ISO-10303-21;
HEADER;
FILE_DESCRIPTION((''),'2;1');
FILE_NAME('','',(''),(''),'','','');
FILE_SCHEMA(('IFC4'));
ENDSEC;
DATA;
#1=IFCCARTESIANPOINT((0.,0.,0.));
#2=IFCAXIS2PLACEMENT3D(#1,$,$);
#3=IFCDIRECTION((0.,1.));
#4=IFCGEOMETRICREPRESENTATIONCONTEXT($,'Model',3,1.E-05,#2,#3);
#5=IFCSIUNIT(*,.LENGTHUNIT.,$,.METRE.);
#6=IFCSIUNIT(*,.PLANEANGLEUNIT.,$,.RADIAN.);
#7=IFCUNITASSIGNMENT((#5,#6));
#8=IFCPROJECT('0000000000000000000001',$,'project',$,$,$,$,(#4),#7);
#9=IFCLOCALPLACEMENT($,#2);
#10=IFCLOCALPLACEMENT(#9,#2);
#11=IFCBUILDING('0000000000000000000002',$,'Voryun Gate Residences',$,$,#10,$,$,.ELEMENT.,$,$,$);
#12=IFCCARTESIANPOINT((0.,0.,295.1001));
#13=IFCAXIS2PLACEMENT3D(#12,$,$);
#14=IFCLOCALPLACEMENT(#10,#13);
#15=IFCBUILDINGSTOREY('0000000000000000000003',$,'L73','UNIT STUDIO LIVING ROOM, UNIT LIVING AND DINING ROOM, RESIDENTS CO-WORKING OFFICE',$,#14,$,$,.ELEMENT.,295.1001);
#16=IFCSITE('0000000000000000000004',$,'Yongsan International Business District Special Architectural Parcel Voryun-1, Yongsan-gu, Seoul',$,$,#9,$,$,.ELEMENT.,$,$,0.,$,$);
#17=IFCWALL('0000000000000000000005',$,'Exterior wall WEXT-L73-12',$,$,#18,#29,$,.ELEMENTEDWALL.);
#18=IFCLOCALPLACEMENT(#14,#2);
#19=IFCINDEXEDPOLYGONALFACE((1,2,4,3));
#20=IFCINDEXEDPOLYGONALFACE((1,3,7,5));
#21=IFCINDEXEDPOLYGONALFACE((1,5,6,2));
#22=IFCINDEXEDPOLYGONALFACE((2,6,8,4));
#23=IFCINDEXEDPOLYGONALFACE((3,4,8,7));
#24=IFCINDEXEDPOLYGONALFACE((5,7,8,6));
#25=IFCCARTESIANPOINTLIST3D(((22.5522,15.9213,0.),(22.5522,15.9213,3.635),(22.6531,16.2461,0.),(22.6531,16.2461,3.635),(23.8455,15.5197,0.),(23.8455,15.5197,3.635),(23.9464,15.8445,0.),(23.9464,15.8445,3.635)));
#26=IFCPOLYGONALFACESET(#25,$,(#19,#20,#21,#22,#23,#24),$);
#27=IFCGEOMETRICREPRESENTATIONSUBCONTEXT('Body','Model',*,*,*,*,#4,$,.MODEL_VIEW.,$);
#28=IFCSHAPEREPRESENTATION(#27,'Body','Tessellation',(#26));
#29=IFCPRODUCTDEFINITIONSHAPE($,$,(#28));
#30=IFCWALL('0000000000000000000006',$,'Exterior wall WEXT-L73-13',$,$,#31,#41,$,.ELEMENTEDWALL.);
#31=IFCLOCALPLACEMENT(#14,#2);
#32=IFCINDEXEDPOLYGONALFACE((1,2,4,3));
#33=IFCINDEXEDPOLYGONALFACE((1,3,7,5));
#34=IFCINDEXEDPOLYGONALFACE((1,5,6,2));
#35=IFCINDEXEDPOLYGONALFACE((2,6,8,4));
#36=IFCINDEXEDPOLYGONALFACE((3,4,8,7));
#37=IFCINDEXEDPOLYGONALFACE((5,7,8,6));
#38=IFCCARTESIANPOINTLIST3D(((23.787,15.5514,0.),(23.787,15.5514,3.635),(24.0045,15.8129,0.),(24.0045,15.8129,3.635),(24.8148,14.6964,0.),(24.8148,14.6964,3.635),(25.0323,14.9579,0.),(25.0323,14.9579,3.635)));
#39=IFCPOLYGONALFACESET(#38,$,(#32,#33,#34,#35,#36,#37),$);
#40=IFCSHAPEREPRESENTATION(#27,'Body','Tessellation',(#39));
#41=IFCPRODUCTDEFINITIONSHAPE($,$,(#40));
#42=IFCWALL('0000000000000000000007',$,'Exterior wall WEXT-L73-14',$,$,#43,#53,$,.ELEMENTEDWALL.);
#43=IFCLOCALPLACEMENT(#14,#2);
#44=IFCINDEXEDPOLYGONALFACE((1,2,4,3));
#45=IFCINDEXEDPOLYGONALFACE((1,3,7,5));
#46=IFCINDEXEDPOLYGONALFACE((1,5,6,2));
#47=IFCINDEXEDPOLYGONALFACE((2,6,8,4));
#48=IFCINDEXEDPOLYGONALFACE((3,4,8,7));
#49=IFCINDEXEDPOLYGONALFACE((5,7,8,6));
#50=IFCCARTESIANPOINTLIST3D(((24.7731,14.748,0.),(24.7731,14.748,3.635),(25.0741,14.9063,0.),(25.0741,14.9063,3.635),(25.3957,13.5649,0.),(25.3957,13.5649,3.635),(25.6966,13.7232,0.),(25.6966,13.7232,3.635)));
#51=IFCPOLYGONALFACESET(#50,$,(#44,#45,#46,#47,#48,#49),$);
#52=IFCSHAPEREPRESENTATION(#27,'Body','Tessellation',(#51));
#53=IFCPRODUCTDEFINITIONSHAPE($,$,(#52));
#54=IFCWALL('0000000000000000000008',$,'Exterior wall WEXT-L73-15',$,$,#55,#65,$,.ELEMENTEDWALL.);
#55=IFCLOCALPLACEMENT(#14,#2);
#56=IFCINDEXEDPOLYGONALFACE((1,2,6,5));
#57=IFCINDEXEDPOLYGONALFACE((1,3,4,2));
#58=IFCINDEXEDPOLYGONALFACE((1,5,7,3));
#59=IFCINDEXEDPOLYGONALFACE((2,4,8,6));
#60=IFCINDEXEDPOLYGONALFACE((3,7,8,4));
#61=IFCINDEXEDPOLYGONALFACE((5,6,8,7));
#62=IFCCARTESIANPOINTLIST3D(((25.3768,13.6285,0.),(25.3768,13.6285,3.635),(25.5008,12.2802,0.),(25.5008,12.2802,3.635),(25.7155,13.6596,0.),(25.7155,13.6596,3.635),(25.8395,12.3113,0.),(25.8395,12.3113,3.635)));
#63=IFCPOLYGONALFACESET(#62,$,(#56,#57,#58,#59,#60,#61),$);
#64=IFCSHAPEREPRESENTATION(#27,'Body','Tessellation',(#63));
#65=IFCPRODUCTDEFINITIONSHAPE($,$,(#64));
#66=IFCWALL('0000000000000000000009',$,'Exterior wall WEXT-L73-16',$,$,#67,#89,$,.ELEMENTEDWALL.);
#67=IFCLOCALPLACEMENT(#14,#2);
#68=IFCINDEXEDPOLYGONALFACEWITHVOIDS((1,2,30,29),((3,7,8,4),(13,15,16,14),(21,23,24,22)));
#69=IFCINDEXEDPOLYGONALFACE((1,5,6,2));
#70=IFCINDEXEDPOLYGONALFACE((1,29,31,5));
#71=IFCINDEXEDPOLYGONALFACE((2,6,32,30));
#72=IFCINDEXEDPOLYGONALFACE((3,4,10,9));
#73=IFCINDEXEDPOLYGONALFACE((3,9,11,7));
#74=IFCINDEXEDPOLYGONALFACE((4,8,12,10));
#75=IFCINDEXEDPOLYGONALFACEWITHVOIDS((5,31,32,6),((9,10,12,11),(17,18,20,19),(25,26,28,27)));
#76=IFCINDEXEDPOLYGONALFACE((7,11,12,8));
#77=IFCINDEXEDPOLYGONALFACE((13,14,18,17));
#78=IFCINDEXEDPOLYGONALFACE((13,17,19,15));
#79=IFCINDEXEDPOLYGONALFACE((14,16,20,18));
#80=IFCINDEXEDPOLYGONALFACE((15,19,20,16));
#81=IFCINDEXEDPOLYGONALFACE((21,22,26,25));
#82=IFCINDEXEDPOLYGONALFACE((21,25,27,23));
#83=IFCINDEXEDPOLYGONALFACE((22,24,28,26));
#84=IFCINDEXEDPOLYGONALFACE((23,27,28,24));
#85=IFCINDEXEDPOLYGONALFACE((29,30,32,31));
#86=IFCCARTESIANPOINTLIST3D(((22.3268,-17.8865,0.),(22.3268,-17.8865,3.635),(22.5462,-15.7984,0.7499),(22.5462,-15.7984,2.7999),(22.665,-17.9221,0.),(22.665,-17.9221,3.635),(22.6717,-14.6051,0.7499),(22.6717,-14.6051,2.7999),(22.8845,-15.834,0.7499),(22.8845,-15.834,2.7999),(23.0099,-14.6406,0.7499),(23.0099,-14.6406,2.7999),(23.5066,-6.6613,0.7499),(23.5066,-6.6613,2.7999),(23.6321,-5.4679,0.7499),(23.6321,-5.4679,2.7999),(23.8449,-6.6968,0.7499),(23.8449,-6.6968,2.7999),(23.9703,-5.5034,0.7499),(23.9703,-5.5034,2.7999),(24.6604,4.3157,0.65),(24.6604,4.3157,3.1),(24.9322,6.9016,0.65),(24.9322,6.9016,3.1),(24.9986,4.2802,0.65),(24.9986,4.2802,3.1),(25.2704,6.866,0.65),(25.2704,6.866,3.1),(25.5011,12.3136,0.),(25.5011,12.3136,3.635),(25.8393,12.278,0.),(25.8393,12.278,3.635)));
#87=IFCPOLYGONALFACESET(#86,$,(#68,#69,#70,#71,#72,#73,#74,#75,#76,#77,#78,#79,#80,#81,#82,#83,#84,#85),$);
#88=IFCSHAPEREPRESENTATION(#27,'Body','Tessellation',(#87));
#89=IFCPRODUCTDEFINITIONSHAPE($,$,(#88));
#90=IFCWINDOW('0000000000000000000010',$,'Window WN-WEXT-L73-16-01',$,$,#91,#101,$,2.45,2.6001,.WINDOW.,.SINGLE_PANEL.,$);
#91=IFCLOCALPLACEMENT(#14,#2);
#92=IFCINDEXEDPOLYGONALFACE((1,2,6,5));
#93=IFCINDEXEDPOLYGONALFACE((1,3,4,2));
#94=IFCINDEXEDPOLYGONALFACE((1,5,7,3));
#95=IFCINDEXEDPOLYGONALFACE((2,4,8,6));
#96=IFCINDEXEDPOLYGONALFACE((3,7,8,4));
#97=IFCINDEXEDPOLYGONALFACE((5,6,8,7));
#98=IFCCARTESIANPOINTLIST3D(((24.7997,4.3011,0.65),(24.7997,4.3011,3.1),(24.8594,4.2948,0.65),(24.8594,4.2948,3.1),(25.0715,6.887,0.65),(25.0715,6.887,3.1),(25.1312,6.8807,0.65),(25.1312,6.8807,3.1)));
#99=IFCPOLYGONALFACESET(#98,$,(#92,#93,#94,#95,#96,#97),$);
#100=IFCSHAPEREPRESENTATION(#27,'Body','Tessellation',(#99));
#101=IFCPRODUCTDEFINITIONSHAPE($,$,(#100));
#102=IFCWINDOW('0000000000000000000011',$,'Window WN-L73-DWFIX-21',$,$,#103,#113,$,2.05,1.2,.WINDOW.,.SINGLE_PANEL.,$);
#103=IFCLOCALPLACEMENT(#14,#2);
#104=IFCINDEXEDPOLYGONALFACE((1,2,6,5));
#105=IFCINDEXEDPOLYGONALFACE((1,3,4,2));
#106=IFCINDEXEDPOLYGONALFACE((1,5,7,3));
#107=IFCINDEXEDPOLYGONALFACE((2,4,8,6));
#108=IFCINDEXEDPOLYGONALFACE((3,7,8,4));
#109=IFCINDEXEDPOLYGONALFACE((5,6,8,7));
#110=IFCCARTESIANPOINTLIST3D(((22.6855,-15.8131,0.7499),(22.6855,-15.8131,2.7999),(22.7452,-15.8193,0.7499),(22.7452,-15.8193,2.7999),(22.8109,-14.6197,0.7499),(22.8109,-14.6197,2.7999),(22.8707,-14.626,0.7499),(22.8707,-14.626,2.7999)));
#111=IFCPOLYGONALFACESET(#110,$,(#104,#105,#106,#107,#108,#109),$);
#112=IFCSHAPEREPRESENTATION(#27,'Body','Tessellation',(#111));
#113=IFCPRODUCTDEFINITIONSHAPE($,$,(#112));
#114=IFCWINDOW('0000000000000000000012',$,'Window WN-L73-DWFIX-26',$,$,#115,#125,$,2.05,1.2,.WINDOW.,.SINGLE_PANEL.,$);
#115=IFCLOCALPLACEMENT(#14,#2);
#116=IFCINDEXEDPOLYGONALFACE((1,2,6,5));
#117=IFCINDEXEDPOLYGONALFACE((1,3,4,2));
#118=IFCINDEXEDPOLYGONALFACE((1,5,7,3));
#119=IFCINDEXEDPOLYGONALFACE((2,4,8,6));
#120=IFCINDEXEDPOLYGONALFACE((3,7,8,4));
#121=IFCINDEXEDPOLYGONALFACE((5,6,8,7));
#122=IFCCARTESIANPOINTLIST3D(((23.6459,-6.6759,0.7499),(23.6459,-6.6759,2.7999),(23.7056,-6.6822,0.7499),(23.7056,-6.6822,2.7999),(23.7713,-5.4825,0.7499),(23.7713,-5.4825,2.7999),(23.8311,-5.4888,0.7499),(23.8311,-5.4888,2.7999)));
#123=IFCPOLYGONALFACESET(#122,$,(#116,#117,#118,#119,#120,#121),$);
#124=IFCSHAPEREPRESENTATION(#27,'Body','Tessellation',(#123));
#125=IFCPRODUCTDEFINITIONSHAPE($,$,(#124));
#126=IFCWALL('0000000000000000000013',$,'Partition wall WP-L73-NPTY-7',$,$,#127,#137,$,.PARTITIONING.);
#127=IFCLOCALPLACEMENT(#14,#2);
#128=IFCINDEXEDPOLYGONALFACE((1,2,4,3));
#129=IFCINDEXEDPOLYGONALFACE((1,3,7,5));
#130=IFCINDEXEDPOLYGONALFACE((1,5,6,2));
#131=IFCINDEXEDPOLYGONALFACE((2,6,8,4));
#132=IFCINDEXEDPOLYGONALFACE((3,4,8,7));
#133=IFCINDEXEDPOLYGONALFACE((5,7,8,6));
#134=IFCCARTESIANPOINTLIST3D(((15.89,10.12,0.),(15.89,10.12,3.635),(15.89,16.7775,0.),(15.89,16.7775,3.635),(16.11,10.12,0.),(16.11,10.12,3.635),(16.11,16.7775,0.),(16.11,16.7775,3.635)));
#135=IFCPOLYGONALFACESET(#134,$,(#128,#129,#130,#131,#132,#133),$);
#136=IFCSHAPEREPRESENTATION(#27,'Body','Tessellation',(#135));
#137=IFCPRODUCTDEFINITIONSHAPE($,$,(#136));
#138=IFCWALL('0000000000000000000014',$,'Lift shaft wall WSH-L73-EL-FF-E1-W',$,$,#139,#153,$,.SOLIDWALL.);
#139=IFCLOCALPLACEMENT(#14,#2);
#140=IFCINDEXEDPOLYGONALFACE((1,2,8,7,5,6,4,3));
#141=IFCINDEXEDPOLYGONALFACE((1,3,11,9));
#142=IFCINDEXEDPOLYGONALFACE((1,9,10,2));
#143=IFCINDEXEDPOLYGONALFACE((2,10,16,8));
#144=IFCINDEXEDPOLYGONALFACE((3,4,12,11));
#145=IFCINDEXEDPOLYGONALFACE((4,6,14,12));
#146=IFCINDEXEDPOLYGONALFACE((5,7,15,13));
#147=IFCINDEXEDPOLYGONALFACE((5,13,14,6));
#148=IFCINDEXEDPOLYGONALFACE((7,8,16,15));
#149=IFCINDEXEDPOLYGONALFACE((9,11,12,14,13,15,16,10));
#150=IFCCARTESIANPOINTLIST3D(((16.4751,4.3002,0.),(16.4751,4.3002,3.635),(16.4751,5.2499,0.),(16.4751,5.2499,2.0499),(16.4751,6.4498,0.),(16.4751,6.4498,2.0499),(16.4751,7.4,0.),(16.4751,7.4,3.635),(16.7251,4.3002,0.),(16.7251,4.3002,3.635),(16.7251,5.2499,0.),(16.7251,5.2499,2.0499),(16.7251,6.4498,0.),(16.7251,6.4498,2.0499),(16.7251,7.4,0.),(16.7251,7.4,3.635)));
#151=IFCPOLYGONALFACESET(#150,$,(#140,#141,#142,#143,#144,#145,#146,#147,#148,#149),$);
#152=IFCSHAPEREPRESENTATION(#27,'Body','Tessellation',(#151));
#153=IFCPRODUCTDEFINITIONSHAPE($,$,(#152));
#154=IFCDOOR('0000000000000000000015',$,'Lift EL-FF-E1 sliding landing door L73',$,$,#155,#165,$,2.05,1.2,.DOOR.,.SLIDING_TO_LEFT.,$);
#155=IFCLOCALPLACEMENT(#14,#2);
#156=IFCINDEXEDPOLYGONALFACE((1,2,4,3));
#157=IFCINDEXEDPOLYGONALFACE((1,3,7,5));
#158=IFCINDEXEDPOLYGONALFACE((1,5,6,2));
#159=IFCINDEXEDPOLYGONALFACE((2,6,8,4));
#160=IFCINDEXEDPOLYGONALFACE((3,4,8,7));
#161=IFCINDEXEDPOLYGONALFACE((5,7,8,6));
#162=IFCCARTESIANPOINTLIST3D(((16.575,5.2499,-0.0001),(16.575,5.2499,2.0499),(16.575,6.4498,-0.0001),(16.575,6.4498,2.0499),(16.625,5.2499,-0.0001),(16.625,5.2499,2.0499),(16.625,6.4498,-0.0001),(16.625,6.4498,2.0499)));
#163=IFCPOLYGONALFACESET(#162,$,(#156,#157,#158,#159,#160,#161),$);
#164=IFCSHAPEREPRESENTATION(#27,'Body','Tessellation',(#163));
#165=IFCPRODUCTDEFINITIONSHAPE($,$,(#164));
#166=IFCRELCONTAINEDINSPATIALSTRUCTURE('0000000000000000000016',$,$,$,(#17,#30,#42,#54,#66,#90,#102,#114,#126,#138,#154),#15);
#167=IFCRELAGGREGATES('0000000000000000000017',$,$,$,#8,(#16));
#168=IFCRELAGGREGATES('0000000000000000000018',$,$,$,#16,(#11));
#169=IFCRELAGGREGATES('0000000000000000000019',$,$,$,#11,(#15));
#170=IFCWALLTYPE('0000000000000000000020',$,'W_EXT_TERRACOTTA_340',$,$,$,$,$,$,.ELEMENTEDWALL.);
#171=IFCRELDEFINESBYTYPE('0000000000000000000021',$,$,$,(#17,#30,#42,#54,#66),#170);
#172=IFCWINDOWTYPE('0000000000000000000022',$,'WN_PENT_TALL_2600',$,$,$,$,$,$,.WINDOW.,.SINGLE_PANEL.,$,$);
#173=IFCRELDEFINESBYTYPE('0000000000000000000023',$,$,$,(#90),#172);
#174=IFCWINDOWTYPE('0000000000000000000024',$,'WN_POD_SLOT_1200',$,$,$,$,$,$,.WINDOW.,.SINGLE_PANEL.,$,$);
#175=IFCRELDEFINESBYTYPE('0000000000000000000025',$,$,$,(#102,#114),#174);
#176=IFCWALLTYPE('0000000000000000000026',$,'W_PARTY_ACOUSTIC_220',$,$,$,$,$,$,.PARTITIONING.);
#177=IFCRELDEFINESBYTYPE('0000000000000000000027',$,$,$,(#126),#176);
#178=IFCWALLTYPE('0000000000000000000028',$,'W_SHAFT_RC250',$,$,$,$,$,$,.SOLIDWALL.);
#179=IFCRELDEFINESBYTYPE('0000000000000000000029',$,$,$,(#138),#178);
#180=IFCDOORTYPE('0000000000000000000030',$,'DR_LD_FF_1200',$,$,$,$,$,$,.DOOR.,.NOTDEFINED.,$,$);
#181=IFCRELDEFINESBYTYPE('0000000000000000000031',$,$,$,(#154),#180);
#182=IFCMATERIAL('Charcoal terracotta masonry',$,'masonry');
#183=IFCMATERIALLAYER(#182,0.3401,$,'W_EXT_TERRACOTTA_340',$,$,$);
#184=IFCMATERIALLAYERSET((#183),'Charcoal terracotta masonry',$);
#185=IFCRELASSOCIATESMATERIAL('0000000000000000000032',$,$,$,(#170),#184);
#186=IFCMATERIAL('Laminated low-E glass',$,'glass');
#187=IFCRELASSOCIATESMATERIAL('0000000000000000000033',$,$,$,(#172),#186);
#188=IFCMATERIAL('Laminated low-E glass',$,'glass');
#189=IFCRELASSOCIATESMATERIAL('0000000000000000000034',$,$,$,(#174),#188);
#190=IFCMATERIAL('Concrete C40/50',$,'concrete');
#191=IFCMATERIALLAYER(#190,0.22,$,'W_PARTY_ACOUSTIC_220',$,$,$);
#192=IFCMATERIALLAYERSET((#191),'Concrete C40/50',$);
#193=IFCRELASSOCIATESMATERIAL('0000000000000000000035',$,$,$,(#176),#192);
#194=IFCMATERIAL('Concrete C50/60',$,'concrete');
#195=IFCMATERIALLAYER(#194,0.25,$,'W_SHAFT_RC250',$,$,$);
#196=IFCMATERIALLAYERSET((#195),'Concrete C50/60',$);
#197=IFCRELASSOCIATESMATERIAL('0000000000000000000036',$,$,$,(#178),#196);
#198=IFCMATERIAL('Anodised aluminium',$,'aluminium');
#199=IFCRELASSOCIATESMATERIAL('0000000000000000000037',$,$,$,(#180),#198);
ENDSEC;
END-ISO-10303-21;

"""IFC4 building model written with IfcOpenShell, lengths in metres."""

from ifc_helpers import new_model, si_unit, direction, frame, frame_2d, origin, place, context, subcontext, project, spatial, rectangle, extrude, material, layer, layer_set, type_object, element, fill, save


model = new_model("IFC4")

# Units and contexts
model_context = context("Model", 3, precision=1e-05, world=origin(), true_north=direction((0.0, 1.0)))
body_context = subcontext(model_context, "Body", "Model", "MODEL_VIEW")
ifc_project = project(units=[si_unit("LENGTHUNIT", "METRE"), si_unit("PLANEANGLEUNIT", "RADIAN")], contexts=[model_context])

# Site, building, storey
site_placement = place(None, origin())
site = spatial("IfcSite", under=ifc_project, at=site_placement, Name="Yongsan International Business District Special Architectural Parcel Voryun-1, Yongsan-gu, Seoul", CompositionType="ELEMENT", RefElevation=0.0)
building_placement = place(site_placement, origin())
building = spatial("IfcBuilding", under=site, at=building_placement, Name="Voryun Gate Residences", CompositionType="ELEMENT")
storey_placement = place(building_placement, frame((0.0, 0.0, 295.1001)))
storey = spatial("IfcBuildingStorey", under=building, at=storey_placement, Name="L73", Description="UNIT STUDIO LIVING ROOM, UNIT LIVING AND DINING ROOM, RESIDENTS CO-WORKING OFFICE", CompositionType="ELEMENT", Elevation=295.1001)

# Walls
ifc_material_1 = material(Name="Charcoal terracotta masonry", Category="masonry")
ifc_layer_1 = layer(ifc_material_1, 0.3401, Name="W_EXT_TERRACOTTA_340")
ifc_layer_set_1 = layer_set([ifc_layer_1], Name="Charcoal terracotta masonry")
wall_type_1 = type_object("IfcWallType", Name="W_EXT_TERRACOTTA_340", PredefinedType="ELEMENTEDWALL", material=ifc_layer_set_1)
wall_1_placement = place(storey_placement, frame((22.6025, 16.0837, 0.0), z_axis=(0.0, 0.0, 1.0), x_axis=(0.955008, -0.296581, 0.0)))
element("IfcWall", 1, at=wall_1_placement, inside=storey, type_object=wall_type_1, Name="Exterior wall WEXT-L73-12", PredefinedType="ELEMENTEDWALL", context=body_context, shape_type="SweptSolid", body=[
    extrude(rectangle(XDim=1.3542, YDim=0.3401, at=frame_2d((0.6772, 0.0))), origin(), (0.0, 0.0, 1.0), 3.635),
])
for number, where, z_axis, x_axis, name in (
    (2, (23.8958, 15.6821, 0.0), (0.0, 0.0, 1.0), (0.76879, -0.639502, 0.0), "Exterior wall WEXT-L73-13"),
    (3, (24.9236, 14.8271, 0.0), (0.0, 0.0, 1.0), (0.465671, -0.884958, 0.0), "Exterior wall WEXT-L73-14"),
):
    element("IfcWall", number, at=place(storey_placement, frame(where, z_axis=z_axis, x_axis=x_axis)), inside=storey, type_object=wall_type_1, Name=name, PredefinedType="ELEMENTEDWALL", context=body_context, shape_type="SweptSolid", body=[
        extrude(rectangle(XDim=1.3369, YDim=0.3401, at=frame_2d((0.6685, 0.0))), origin(), (0.0, 0.0, 1.0), 3.635),
    ])
wall_2_placement = place(storey_placement, frame((25.5461, 13.644, 0.0), z_axis=(0.0, 0.0, 1.0), x_axis=(0.091592, -0.995797, 0.0)))
element("IfcWall", 4, at=wall_2_placement, inside=storey, type_object=wall_type_1, Name="Exterior wall WEXT-L73-15", PredefinedType="ELEMENTEDWALL", context=body_context, shape_type="SweptSolid", body=[
    extrude(rectangle(XDim=1.354, YDim=0.3401, at=frame_2d((0.677, 0.0))), origin(), (0.0, 0.0, 1.0), 3.635),
])

# Wall, openings, windows
wall_3_placement = place(storey_placement, frame((25.6702, 12.2957, 0.0), z_axis=(0.0, 0.0, 1.0), x_axis=(-0.104533, -0.994521, 0.0)))
wall_3 = element("IfcWall", 5, at=wall_3_placement, inside=storey, type_object=wall_type_1, Name="Exterior wall WEXT-L73-16", PredefinedType="ELEMENTEDWALL", context=body_context, shape_type="SweptSolid", body=[
    extrude(rectangle(XDim=30.3665, YDim=0.3401, at=frame_2d((15.1831, 0.0))), origin(), (0.0, 0.0, 1.0), 3.635),
])
opening_1_placement = place(wall_3_placement, frame((5.4417, 0.0, 0.6499)))
opening_1 = element("IfcOpeningElement", 6, at=opening_1_placement, cuts=wall_3, PredefinedType="OPENING", context=body_context, shape_type="SweptSolid", body=[
    extrude(rectangle(XDim=2.6001, YDim=2.45, at=frame_2d((1.3, 1.2251))), frame((0.0, 0.1799, 0.0), z_axis=(0.0, -1.0, 0.0), x_axis=(1.0, 0.0, 0.0)), (0.0, 0.0, 1.0), 0.3601),
])
opening_2_placement = place(wall_3_placement, frame((27.0667, 0.0, 0.75)))
opening_2 = element("IfcOpeningElement", 7, at=opening_2_placement, cuts=wall_3, PredefinedType="OPENING", context=body_context, shape_type="SweptSolid", body=[
    extrude(rectangle(XDim=1.2, YDim=2.05, at=frame_2d((0.6001, 1.0249))), frame((0.0, 0.1799, 0.0), z_axis=(0.0, -1.0, 0.0), x_axis=(1.0, 0.0, 0.0)), (0.0, 0.0, 1.0), 0.3601),
])
opening_3_placement = place(wall_3_placement, frame((17.8792, 0.0, 0.75)))
opening_3 = element("IfcOpeningElement", 8, at=opening_3_placement, cuts=wall_3, PredefinedType="OPENING", context=body_context, shape_type="SweptSolid", body=[
    extrude(rectangle(XDim=1.2, YDim=2.05, at=frame_2d((0.6001, 1.0249))), frame((0.0, 0.1799, 0.0), z_axis=(0.0, -1.0, 0.0), x_axis=(1.0, 0.0, 0.0)), (0.0, 0.0, 1.0), 0.3601),
])
ifc_material_2 = material(Name="Laminated low-E glass", Category="glass")
window_type_1 = type_object("IfcWindowType", Name="WN_PENT_TALL_2600", PartitioningType="SINGLE_PANEL", PredefinedType="WINDOW", material=ifc_material_2)
window_1_placement = place(opening_1_placement, origin())
window_1 = element("IfcWindow", 9, at=window_1_placement, inside=storey, type_object=window_type_1, Name="Window WN-WEXT-L73-16-01", OverallHeight=2.45, OverallWidth=2.6001, PartitioningType="SINGLE_PANEL", PredefinedType="WINDOW", context=body_context, shape_type="SweptSolid", body=[
    extrude(rectangle(XDim=2.6001, YDim=2.45, at=frame_2d((1.3, 1.2251))), frame((0.0, 0.03, 0.0), z_axis=(0.0, -1.0, 0.0), x_axis=(1.0, 0.0, 0.0)), (0.0, 0.0, 1.0), 0.0601),
])
fill(opening_1, window_1)
ifc_material_3 = material(Name="Laminated low-E glass", Category="glass")
window_type_2 = type_object("IfcWindowType", Name="WN_POD_SLOT_1200", PartitioningType="SINGLE_PANEL", PredefinedType="WINDOW", material=ifc_material_3)
window_2_placement = place(opening_2_placement, origin())
window_2 = element("IfcWindow", 10, at=window_2_placement, inside=storey, type_object=window_type_2, Name="Window WN-L73-DWFIX-21", OverallHeight=2.05, OverallWidth=1.2, PartitioningType="SINGLE_PANEL", PredefinedType="WINDOW", context=body_context, shape_type="SweptSolid", body=[
    extrude(rectangle(XDim=1.2, YDim=2.05, at=frame_2d((0.6001, 1.0249))), frame((0.0, 0.03, 0.0), z_axis=(0.0, -1.0, 0.0), x_axis=(1.0, 0.0, 0.0)), (0.0, 0.0, 1.0), 0.0601),
])
fill(opening_2, window_2)
window_3_placement = place(opening_3_placement, origin())
window_3 = element("IfcWindow", 11, at=window_3_placement, inside=storey, type_object=window_type_2, Name="Window WN-L73-DWFIX-26", OverallHeight=2.05, OverallWidth=1.2, PartitioningType="SINGLE_PANEL", PredefinedType="WINDOW", context=body_context, shape_type="SweptSolid", body=[
    extrude(rectangle(XDim=1.2, YDim=2.05, at=frame_2d((0.6001, 1.0249))), frame((0.0, 0.03, 0.0), z_axis=(0.0, -1.0, 0.0), x_axis=(1.0, 0.0, 0.0)), (0.0, 0.0, 1.0), 0.0601),
])
fill(opening_3, window_3)

# Wall
ifc_material_4 = material(Name="Concrete C40/50", Category="concrete")
ifc_layer_2 = layer(ifc_material_4, 0.22, Name="W_PARTY_ACOUSTIC_220")
ifc_layer_set_2 = layer_set([ifc_layer_2], Name="Concrete C40/50")
wall_type_2 = type_object("IfcWallType", Name="W_PARTY_ACOUSTIC_220", PredefinedType="PARTITIONING", material=ifc_layer_set_2)
wall_4_placement = place(storey_placement, frame((16.0, 10.1201, 0.0), z_axis=(0.0, 0.0, 1.0), x_axis=(0.0, 1.0, 0.0)))
element("IfcWall", 12, at=wall_4_placement, inside=storey, type_object=wall_type_2, Name="Partition wall WP-L73-NPTY-7", PredefinedType="PARTITIONING", context=body_context, shape_type="SweptSolid", body=[
    extrude(rectangle(XDim=6.6575, YDim=0.22, at=frame_2d((3.3286, 0.0))), origin(), (0.0, 0.0, 1.0), 3.635),
])

# Wall, opening, door
ifc_material_5 = material(Name="Concrete C50/60", Category="concrete")
ifc_layer_3 = layer(ifc_material_5, 0.25, Name="W_SHAFT_RC250")
ifc_layer_set_3 = layer_set([ifc_layer_3], Name="Concrete C50/60")
wall_type_3 = type_object("IfcWallType", Name="W_SHAFT_RC250", PredefinedType="SOLIDWALL", material=ifc_layer_set_3)
wall_5_placement = place(storey_placement, frame((16.6001, 7.3999, 0.0), z_axis=(0.0, 0.0, 1.0), x_axis=(0.0, -1.0, 0.0)))
wall_5 = element("IfcWall", 13, at=wall_5_placement, inside=storey, type_object=wall_type_3, Name="Lift shaft wall WSH-L73-EL-FF-E1-W", PredefinedType="SOLIDWALL", context=body_context, shape_type="SweptSolid", body=[
    extrude(rectangle(XDim=3.0999, YDim=0.25, at=frame_2d((1.5498, 0.0))), origin(), (0.0, 0.0, 1.0), 3.635),
])
opening_4_placement = place(wall_5_placement, frame((0.95, 0.0, 0.0)))
opening_4 = element("IfcOpeningElement", 14, at=opening_4_placement, cuts=wall_5, PredefinedType="OPENING", context=body_context, shape_type="SweptSolid", body=[
    extrude(rectangle(XDim=1.2, YDim=2.05, at=frame_2d((0.6001, 1.0249))), frame((0.0, 0.135, 0.0), z_axis=(0.0, -1.0, 0.0), x_axis=(1.0, 0.0, 0.0)), (0.0, 0.0, 1.0), 0.27),
])
ifc_material_6 = material(Name="Anodised aluminium", Category="aluminium")
door_type_1 = type_object("IfcDoorType", Name="DR_LD_FF_1200", OperationType="NOTDEFINED", PredefinedType="DOOR", material=ifc_material_6)
door_1_placement = place(opening_4_placement, origin())
door_1 = element("IfcDoor", 15, at=door_1_placement, inside=storey, type_object=door_type_1, Name="Lift EL-FF-E1 sliding landing door L73", OperationType="SLIDING_TO_LEFT", OverallHeight=2.05, OverallWidth=1.2, PredefinedType="DOOR", context=body_context, shape_type="SweptSolid", body=[
    extrude(rectangle(XDim=1.2, YDim=2.05, at=frame_2d((0.6001, 1.0249))), frame((0.0, 0.0249, 0.0), z_axis=(0.0, -1.0, 0.0), x_axis=(1.0, 0.0, 0.0)), (0.0, 0.0, 1.0), 0.05),
])
fill(opening_4, door_1)

save(model, "model.ifc")
